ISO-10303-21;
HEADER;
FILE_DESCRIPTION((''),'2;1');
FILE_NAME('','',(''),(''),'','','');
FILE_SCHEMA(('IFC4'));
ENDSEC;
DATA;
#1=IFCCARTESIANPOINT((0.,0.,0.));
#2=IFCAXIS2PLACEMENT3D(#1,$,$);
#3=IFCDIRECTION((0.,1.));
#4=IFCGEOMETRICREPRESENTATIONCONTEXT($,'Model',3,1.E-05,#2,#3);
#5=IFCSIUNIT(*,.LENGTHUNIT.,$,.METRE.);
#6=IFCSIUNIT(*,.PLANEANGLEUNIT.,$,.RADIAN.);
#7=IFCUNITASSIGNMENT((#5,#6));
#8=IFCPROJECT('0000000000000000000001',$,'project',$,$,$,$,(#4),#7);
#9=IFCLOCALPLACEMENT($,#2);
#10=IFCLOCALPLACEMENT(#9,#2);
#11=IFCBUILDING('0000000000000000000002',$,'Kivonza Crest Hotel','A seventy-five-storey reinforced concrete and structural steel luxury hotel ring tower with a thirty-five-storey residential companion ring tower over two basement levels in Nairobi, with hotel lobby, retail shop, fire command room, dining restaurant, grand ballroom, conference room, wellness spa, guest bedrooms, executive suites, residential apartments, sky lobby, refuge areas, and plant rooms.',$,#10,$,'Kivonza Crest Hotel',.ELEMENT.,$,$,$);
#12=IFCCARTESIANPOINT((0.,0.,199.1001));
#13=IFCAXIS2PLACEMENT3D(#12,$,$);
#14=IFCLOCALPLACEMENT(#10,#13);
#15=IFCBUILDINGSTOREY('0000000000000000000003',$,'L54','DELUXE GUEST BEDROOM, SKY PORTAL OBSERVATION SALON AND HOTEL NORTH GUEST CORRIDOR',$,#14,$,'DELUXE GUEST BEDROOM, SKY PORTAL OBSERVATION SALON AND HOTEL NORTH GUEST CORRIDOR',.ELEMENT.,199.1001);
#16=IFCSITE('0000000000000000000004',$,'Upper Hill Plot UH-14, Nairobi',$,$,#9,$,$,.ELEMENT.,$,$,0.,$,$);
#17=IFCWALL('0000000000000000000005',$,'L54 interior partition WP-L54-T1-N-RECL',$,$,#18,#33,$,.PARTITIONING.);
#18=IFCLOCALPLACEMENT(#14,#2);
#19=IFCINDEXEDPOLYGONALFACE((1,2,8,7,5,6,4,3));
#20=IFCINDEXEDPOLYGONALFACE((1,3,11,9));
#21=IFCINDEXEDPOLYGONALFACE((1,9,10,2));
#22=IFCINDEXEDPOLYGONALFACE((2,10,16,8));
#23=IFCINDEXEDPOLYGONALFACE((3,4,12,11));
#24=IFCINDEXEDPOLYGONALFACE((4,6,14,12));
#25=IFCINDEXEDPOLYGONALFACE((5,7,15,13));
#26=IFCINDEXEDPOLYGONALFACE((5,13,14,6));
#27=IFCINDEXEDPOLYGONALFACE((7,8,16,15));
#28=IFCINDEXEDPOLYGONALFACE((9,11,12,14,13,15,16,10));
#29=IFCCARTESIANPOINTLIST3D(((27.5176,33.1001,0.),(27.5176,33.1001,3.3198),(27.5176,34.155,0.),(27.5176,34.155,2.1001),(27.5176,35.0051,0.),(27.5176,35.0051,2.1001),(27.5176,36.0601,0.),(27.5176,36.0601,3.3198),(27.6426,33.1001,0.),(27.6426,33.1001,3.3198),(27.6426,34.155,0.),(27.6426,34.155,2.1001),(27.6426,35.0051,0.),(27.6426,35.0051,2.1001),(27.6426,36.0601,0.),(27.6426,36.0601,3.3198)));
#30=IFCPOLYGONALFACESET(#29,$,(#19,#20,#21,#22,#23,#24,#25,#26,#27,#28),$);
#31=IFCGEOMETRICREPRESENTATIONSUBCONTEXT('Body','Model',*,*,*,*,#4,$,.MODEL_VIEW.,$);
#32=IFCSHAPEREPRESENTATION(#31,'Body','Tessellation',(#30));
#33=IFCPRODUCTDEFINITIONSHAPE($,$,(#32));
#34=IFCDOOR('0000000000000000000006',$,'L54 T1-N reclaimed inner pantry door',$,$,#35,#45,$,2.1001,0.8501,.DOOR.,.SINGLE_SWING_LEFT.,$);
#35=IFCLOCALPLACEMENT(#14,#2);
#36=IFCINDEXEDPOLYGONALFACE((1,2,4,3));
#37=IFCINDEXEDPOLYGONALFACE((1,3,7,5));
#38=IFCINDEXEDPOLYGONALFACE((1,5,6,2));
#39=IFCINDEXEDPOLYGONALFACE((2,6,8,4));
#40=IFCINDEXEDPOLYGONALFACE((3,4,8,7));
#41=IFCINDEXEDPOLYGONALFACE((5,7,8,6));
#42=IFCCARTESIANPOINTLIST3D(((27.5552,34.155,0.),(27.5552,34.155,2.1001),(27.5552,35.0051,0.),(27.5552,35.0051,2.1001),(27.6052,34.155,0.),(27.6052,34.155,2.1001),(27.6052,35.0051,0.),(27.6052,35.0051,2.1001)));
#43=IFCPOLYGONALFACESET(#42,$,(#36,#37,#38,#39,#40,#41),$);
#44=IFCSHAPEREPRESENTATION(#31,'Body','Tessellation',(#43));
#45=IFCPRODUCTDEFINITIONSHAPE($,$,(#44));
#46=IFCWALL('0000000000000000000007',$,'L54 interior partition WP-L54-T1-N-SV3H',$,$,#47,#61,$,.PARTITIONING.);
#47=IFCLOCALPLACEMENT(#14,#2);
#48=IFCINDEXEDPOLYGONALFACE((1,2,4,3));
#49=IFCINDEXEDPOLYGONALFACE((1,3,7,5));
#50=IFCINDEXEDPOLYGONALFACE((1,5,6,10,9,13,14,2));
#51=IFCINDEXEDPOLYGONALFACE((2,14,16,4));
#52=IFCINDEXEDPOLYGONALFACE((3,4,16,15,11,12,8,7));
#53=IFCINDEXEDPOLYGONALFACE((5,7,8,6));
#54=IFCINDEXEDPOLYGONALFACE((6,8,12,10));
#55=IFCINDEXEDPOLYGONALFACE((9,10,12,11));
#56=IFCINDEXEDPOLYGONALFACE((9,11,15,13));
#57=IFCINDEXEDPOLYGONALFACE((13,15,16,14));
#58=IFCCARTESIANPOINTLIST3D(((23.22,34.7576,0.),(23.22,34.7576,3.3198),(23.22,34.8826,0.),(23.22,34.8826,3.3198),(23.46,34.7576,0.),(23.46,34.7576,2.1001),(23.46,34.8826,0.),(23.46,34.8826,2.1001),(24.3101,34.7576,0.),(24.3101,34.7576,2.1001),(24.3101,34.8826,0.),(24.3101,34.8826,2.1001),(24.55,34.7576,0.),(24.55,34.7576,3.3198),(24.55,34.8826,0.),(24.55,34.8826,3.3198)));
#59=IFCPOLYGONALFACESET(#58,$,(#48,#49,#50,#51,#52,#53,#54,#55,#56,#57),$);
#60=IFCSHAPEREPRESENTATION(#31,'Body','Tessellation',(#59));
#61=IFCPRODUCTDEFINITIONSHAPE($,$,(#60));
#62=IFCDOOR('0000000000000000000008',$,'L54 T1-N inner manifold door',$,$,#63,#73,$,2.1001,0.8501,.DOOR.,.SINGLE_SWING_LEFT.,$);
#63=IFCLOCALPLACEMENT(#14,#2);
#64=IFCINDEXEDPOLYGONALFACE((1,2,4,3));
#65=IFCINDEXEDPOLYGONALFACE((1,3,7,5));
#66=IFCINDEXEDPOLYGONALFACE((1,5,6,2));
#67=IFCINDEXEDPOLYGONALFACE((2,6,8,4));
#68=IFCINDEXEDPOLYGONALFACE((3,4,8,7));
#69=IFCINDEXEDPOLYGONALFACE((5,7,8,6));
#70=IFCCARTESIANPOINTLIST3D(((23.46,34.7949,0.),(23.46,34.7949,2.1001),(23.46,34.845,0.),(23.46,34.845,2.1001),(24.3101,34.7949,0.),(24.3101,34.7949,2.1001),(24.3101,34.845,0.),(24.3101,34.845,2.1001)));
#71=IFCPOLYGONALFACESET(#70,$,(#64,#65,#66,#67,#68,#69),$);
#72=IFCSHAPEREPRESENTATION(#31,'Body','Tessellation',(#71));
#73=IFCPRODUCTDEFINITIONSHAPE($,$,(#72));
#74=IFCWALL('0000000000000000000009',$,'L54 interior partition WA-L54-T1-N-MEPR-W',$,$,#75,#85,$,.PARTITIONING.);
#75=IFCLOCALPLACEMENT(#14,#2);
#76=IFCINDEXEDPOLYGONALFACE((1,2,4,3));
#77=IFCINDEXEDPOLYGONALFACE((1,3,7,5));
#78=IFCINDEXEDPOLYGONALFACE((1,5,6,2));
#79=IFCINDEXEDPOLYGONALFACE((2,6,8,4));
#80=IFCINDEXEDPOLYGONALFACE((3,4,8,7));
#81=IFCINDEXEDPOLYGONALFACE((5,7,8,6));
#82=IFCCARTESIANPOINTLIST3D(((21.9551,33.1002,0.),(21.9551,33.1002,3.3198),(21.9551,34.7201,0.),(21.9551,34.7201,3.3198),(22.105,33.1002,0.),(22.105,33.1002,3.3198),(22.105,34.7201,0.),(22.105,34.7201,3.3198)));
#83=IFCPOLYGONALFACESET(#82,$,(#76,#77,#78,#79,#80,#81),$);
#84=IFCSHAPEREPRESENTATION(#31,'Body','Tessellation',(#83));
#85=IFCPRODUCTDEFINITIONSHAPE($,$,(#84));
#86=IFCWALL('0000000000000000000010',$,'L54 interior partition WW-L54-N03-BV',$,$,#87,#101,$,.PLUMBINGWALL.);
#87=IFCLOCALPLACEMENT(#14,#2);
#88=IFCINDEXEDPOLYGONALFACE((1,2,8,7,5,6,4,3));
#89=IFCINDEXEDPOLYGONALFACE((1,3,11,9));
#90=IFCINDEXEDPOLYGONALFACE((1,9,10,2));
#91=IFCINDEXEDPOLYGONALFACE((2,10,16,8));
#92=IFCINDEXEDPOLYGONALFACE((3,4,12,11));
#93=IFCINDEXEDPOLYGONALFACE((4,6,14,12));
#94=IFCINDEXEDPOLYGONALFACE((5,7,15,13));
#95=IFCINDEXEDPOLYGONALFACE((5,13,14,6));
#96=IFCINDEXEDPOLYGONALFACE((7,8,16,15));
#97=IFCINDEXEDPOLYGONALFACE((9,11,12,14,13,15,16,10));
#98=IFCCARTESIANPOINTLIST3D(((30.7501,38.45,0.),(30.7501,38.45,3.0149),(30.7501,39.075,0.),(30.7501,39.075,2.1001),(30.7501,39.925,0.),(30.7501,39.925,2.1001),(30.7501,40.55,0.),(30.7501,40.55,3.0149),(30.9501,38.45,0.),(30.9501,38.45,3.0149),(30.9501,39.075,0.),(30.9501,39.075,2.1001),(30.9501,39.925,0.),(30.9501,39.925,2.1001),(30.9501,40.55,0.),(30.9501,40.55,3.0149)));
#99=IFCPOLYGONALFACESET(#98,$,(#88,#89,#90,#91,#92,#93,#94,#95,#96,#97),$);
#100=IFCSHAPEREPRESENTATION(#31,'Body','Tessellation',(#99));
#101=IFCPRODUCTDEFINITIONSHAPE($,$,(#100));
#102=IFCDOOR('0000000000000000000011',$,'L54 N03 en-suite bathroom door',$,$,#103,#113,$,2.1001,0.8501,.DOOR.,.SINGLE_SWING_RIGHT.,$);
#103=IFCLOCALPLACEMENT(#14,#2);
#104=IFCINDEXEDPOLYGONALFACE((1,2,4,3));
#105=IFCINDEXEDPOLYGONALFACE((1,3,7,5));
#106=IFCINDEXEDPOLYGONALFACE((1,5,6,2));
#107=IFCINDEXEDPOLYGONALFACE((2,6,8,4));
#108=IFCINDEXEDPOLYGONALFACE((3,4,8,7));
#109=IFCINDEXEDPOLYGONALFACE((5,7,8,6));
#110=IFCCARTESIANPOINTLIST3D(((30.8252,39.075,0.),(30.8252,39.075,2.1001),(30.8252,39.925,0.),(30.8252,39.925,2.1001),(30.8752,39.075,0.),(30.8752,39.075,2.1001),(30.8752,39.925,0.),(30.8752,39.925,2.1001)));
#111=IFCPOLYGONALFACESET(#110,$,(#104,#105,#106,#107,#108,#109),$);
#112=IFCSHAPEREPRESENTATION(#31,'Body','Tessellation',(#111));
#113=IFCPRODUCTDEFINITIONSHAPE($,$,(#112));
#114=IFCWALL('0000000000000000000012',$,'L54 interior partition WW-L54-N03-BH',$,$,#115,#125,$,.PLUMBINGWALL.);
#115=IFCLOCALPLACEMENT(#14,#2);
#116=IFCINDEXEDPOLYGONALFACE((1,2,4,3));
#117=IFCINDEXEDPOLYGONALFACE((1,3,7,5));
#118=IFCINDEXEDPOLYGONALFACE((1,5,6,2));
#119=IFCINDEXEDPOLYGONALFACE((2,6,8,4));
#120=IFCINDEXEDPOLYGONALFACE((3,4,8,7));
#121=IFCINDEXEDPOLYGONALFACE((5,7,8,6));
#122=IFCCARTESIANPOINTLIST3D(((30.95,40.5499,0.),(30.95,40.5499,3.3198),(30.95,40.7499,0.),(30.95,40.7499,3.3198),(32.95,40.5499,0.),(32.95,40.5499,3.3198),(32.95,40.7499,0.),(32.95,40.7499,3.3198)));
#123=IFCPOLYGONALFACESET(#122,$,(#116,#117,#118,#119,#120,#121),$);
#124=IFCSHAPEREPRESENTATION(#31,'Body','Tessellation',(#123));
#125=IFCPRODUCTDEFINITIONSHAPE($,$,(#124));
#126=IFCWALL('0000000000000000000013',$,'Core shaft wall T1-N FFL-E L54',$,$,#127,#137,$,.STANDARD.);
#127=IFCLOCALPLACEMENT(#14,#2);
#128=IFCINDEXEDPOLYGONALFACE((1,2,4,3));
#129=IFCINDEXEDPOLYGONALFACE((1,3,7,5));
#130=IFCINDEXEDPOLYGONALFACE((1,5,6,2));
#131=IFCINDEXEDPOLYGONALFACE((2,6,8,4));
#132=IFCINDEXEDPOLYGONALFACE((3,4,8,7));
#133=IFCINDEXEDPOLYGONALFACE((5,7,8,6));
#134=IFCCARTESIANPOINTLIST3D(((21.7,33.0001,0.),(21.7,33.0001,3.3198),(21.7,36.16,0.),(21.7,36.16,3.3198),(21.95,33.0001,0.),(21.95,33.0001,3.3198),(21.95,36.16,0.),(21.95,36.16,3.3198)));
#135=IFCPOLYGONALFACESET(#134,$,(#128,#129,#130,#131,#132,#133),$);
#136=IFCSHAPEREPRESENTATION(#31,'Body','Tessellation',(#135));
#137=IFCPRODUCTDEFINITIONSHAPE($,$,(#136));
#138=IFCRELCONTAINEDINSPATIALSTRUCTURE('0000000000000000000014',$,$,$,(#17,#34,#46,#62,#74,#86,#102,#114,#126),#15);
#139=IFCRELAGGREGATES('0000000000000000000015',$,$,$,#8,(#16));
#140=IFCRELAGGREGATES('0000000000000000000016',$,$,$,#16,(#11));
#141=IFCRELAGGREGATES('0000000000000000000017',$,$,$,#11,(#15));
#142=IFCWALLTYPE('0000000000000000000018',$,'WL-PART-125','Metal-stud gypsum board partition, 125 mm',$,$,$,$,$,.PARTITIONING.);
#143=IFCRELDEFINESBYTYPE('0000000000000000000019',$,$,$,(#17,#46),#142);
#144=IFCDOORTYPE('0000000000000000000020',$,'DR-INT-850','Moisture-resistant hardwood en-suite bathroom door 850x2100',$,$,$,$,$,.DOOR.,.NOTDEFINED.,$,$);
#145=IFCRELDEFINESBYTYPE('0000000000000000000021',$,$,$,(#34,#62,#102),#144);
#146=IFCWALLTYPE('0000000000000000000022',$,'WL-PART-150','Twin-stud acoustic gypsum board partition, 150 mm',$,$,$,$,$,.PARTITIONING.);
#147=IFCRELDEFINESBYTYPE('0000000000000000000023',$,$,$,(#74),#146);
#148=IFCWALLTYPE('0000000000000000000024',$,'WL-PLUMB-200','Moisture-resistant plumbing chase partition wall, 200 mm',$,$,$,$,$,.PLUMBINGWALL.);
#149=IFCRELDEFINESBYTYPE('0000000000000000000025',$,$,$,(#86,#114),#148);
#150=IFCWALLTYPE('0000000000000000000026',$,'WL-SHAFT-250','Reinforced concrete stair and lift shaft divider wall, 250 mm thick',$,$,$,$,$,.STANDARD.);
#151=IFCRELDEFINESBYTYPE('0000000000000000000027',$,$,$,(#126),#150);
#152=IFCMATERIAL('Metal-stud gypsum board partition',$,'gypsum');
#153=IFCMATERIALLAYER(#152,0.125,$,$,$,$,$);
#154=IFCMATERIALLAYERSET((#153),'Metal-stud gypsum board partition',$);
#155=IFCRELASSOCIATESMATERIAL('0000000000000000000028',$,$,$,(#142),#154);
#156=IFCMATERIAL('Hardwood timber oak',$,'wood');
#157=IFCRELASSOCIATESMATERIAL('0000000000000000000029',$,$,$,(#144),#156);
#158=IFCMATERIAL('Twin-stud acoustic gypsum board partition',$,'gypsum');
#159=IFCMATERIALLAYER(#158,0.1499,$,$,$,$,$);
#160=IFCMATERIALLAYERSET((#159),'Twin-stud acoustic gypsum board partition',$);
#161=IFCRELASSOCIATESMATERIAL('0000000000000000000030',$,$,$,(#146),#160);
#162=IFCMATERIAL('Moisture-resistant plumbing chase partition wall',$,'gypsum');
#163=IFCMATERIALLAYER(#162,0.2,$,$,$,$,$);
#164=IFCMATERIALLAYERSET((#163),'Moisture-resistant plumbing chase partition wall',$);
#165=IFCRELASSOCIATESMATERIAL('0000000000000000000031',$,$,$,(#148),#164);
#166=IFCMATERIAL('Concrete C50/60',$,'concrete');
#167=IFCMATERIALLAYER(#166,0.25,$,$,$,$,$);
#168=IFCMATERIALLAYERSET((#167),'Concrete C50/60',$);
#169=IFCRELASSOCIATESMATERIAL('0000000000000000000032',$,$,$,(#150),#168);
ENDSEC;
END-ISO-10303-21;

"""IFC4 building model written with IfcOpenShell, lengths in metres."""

from ifc_helpers import new_model, si_unit, direction, frame, frame_2d, origin, place, context, subcontext, project, spatial, rectangle, extrude, material, layer, layer_set, type_object, element, fill, save


model = new_model("IFC4")

# Units and contexts
model_context = context("Model", 3, precision=1e-05, world=origin(), true_north=direction((0.0, 1.0)))
body_context = subcontext(model_context, "Body", "Model", "MODEL_VIEW")
ifc_project = project(units=[si_unit("LENGTHUNIT", "METRE"), si_unit("PLANEANGLEUNIT", "RADIAN")], contexts=[model_context])

# Site, building, storey
site_placement = place(None, origin())
site = spatial("IfcSite", under=ifc_project, at=site_placement, Name="Upper Hill Plot UH-14, Nairobi", CompositionType="ELEMENT", RefElevation=0.0)
building_placement = place(site_placement, origin())
building = spatial("IfcBuilding", under=site, at=building_placement, Name="Kivonza Crest Hotel", Description="A seventy-five-storey reinforced concrete and structural steel luxury hotel ring tower with a thirty-five-storey residential companion ring tower over two basement levels in Nairobi, with hotel lobby, retail shop, fire command room, dining restaurant, grand ballroom, conference room, wellness spa, guest bedrooms, executive suites, residential apartments, sky lobby, refuge areas, and plant rooms.", LongName="Kivonza Crest Hotel", CompositionType="ELEMENT")
storey_placement = place(building_placement, frame((0.0, 0.0, 199.1001)))
storey = spatial("IfcBuildingStorey", under=building, at=storey_placement, Name="L54", Description="DELUXE GUEST BEDROOM, SKY PORTAL OBSERVATION SALON AND HOTEL NORTH GUEST CORRIDOR", LongName="DELUXE GUEST BEDROOM, SKY PORTAL OBSERVATION SALON AND HOTEL NORTH GUEST CORRIDOR", CompositionType="ELEMENT", Elevation=199.1001)

# Shared definitions
ifc_material_1 = material(Name="Concrete C50/60", Category="concrete")

# Walls, openings, doors
ifc_material_2 = material(Name="Metal-stud gypsum board partition", Category="gypsum")
ifc_layer_1 = layer(ifc_material_2, 0.125)
ifc_layer_set_1 = layer_set([ifc_layer_1], Name="Metal-stud gypsum board partition")
wall_type_1 = type_object("IfcWallType", Name="WL-PART-125", Description="Metal-stud gypsum board partition, 125 mm", PredefinedType="PARTITIONING", material=ifc_layer_set_1)
wall_1_placement = place(storey_placement, frame((27.5801, 33.1001, 0.0), z_axis=(0.0, 0.0, 1.0), x_axis=(0.0, 1.0, 0.0)))
wall_1 = element("IfcWall", 1, at=wall_1_placement, inside=storey, type_object=wall_type_1, Name="L54 interior partition WP-L54-T1-N-RECL", PredefinedType="PARTITIONING", context=body_context, shape_type="SweptSolid", body=[
    extrude(rectangle(XDim=2.96, YDim=0.125, at=frame_2d((1.48, 0.0))), origin(), (0.0, 0.0, 1.0), 3.3198),
])
opening_1_placement = place(wall_1_placement, frame((1.0549, 0.0, 0.0)))
opening_1 = element("IfcOpeningElement", 2, at=opening_1_placement, cuts=wall_1, PredefinedType="OPENING", context=body_context, shape_type="SweptSolid", body=[
    extrude(rectangle(XDim=0.8501, YDim=2.1001, at=frame_2d((0.425, 1.05))), frame((0.0, 0.0725, 0.0), z_axis=(0.0, -1.0, 0.0), x_axis=(1.0, 0.0, 0.0)), (0.0, 0.0, 1.0), 0.145),
])
ifc_material_3 = material(Name="Hardwood timber oak", Category="wood")
door_type_1 = type_object("IfcDoorType", Name="DR-INT-850", Description="Moisture-resistant hardwood en-suite bathroom door 850x2100", OperationType="NOTDEFINED", PredefinedType="DOOR", material=ifc_material_3)
door_1_placement = place(opening_1_placement, origin())
door_1 = element("IfcDoor", 3, at=door_1_placement, inside=storey, type_object=door_type_1, Name="L54 T1-N reclaimed inner pantry door", OperationType="SINGLE_SWING_LEFT", OverallHeight=2.1001, OverallWidth=0.8501, PredefinedType="DOOR", context=body_context, shape_type="SweptSolid", body=[
    extrude(rectangle(XDim=0.8501, YDim=2.1001, at=frame_2d((0.425, 1.05))), frame((0.0, 0.0249, 0.0), z_axis=(0.0, -1.0, 0.0), x_axis=(1.0, 0.0, 0.0)), (0.0, 0.0, 1.0), 0.05),
])
fill(opening_1, door_1)
wall_2_placement = place(storey_placement, frame((23.22, 34.8201, 0.0), z_axis=(0.0, 0.0, 1.0), x_axis=(1.0, 0.0, 0.0)))
wall_2 = element("IfcWall", 4, at=wall_2_placement, inside=storey, type_object=wall_type_1, Name="L54 interior partition WP-L54-T1-N-SV3H", PredefinedType="PARTITIONING", context=body_context, shape_type="SweptSolid", body=[
    extrude(rectangle(XDim=1.3301, YDim=0.125, at=frame_2d((0.665, 0.0))), origin(), (0.0, 0.0, 1.0), 3.3198),
])
opening_2_placement = place(wall_2_placement, frame((0.24, 0.0, 0.0)))
opening_2 = element("IfcOpeningElement", 5, at=opening_2_placement, cuts=wall_2, PredefinedType="OPENING", context=body_context, shape_type="SweptSolid", body=[
    extrude(rectangle(XDim=0.8501, YDim=2.1001, at=frame_2d((0.425, 1.05))), frame((0.0, 0.0725, 0.0), z_axis=(0.0, -1.0, 0.0), x_axis=(1.0, 0.0, 0.0)), (0.0, 0.0, 1.0), 0.145),
])
door_2_placement = place(opening_2_placement, origin())
door_2 = element("IfcDoor", 6, at=door_2_placement, inside=storey, type_object=door_type_1, Name="L54 T1-N inner manifold door", OperationType="SINGLE_SWING_LEFT", OverallHeight=2.1001, OverallWidth=0.8501, PredefinedType="DOOR", context=body_context, shape_type="SweptSolid", body=[
    extrude(rectangle(XDim=0.8501, YDim=2.1001, at=frame_2d((0.425, 1.05))), frame((0.0, 0.0249, 0.0), z_axis=(0.0, -1.0, 0.0), x_axis=(1.0, 0.0, 0.0)), (0.0, 0.0, 1.0), 0.05),
])
fill(opening_2, door_2)

# Wall
ifc_material_4 = material(Name="Twin-stud acoustic gypsum board partition", Category="gypsum")
ifc_layer_2 = layer(ifc_material_4, 0.1499)
ifc_layer_set_2 = layer_set([ifc_layer_2], Name="Twin-stud acoustic gypsum board partition")
wall_type_2 = type_object("IfcWallType", Name="WL-PART-150", Description="Twin-stud acoustic gypsum board partition, 150 mm", PredefinedType="PARTITIONING", material=ifc_layer_set_2)
wall_3_placement = place(storey_placement, frame((22.03, 33.1001, 0.0), z_axis=(0.0, 0.0, 1.0), x_axis=(0.0, 1.0, 0.0)))
element("IfcWall", 7, at=wall_3_placement, inside=storey, type_object=wall_type_2, Name="L54 interior partition WA-L54-T1-N-MEPR-W", PredefinedType="PARTITIONING", context=body_context, shape_type="SweptSolid", body=[
    extrude(rectangle(XDim=1.6199, YDim=0.1499, at=frame_2d((0.8101, 0.0))), origin(), (0.0, 0.0, 1.0), 3.3198),
])

# Wall, opening, door
ifc_material_5 = material(Name="Moisture-resistant plumbing chase partition wall", Category="gypsum")
ifc_layer_3 = layer(ifc_material_5, 0.2)
ifc_layer_set_3 = layer_set([ifc_layer_3], Name="Moisture-resistant plumbing chase partition wall")
wall_type_3 = type_object("IfcWallType", Name="WL-PLUMB-200", Description="Moisture-resistant plumbing chase partition wall, 200 mm", PredefinedType="PLUMBINGWALL", material=ifc_layer_set_3)
wall_4_placement = place(storey_placement, frame((30.8501, 38.45, 0.0), z_axis=(0.0, 0.0, 1.0), x_axis=(0.0, 1.0, 0.0)))
wall_4 = element("IfcWall", 8, at=wall_4_placement, inside=storey, type_object=wall_type_3, Name="L54 interior partition WW-L54-N03-BV", PredefinedType="PLUMBINGWALL", context=body_context, shape_type="SweptSolid", body=[
    extrude(rectangle(XDim=2.1001, YDim=0.2, at=frame_2d((1.05, 0.0))), origin(), (0.0, 0.0, 1.0), 3.0149),
])
opening_3_placement = place(wall_4_placement, frame((0.625, 0.0, 0.0)))
opening_3 = element("IfcOpeningElement", 9, at=opening_3_placement, cuts=wall_4, PredefinedType="OPENING", context=body_context, shape_type="SweptSolid", body=[
    extrude(rectangle(XDim=0.8501, YDim=2.1001, at=frame_2d((0.425, 1.05))), frame((0.0, 0.1099, 0.0), z_axis=(0.0, -1.0, 0.0), x_axis=(1.0, 0.0, 0.0)), (0.0, 0.0, 1.0), 0.22),
])
door_3_placement = place(opening_3_placement, origin())
door_3 = element("IfcDoor", 10, at=door_3_placement, inside=storey, type_object=door_type_1, Name="L54 N03 en-suite bathroom door", OperationType="SINGLE_SWING_RIGHT", OverallHeight=2.1001, OverallWidth=0.8501, PredefinedType="DOOR", context=body_context, shape_type="SweptSolid", body=[
    extrude(rectangle(XDim=0.8501, YDim=2.1001, at=frame_2d((0.425, 1.05))), frame((0.0, 0.0249, 0.0), z_axis=(0.0, -1.0, 0.0), x_axis=(1.0, 0.0, 0.0)), (0.0, 0.0, 1.0), 0.05),
])
fill(opening_3, door_3)

# Walls
wall_5_placement = place(storey_placement, frame((30.95, 40.6499, 0.0), z_axis=(0.0, 0.0, 1.0), x_axis=(1.0, 0.0, 0.0)))
element("IfcWall", 11, at=wall_5_placement, inside=storey, type_object=wall_type_3, Name="L54 interior partition WW-L54-N03-BH", PredefinedType="PLUMBINGWALL", context=body_context, shape_type="SweptSolid", body=[
    extrude(rectangle(XDim=2.0, YDim=0.2, at=frame_2d((1.0, 0.0))), origin(), (0.0, 0.0, 1.0), 3.3198),
])
ifc_layer_4 = layer(ifc_material_1, 0.25)
ifc_layer_set_4 = layer_set([ifc_layer_4], Name="Concrete C50/60")
wall_type_4 = type_object("IfcWallType", Name="WL-SHAFT-250", Description="Reinforced concrete stair and lift shaft divider wall, 250 mm thick", PredefinedType="STANDARD", material=ifc_layer_set_4)
wall_6_placement = place(storey_placement, frame((21.825, 33.0, 0.0), z_axis=(0.0, 0.0, 1.0), x_axis=(0.0, 1.0, 0.0)))
element("IfcWall", 12, at=wall_6_placement, inside=storey, type_object=wall_type_4, Name="Core shaft wall T1-N FFL-E L54", PredefinedType="STANDARD", context=body_context, shape_type="SweptSolid", body=[
    extrude(rectangle(XDim=3.1599, YDim=0.25, at=frame_2d((1.5801, 0.0))), origin(), (0.0, 0.0, 1.0), 3.3198),
])

save(model, "model.ifc")
